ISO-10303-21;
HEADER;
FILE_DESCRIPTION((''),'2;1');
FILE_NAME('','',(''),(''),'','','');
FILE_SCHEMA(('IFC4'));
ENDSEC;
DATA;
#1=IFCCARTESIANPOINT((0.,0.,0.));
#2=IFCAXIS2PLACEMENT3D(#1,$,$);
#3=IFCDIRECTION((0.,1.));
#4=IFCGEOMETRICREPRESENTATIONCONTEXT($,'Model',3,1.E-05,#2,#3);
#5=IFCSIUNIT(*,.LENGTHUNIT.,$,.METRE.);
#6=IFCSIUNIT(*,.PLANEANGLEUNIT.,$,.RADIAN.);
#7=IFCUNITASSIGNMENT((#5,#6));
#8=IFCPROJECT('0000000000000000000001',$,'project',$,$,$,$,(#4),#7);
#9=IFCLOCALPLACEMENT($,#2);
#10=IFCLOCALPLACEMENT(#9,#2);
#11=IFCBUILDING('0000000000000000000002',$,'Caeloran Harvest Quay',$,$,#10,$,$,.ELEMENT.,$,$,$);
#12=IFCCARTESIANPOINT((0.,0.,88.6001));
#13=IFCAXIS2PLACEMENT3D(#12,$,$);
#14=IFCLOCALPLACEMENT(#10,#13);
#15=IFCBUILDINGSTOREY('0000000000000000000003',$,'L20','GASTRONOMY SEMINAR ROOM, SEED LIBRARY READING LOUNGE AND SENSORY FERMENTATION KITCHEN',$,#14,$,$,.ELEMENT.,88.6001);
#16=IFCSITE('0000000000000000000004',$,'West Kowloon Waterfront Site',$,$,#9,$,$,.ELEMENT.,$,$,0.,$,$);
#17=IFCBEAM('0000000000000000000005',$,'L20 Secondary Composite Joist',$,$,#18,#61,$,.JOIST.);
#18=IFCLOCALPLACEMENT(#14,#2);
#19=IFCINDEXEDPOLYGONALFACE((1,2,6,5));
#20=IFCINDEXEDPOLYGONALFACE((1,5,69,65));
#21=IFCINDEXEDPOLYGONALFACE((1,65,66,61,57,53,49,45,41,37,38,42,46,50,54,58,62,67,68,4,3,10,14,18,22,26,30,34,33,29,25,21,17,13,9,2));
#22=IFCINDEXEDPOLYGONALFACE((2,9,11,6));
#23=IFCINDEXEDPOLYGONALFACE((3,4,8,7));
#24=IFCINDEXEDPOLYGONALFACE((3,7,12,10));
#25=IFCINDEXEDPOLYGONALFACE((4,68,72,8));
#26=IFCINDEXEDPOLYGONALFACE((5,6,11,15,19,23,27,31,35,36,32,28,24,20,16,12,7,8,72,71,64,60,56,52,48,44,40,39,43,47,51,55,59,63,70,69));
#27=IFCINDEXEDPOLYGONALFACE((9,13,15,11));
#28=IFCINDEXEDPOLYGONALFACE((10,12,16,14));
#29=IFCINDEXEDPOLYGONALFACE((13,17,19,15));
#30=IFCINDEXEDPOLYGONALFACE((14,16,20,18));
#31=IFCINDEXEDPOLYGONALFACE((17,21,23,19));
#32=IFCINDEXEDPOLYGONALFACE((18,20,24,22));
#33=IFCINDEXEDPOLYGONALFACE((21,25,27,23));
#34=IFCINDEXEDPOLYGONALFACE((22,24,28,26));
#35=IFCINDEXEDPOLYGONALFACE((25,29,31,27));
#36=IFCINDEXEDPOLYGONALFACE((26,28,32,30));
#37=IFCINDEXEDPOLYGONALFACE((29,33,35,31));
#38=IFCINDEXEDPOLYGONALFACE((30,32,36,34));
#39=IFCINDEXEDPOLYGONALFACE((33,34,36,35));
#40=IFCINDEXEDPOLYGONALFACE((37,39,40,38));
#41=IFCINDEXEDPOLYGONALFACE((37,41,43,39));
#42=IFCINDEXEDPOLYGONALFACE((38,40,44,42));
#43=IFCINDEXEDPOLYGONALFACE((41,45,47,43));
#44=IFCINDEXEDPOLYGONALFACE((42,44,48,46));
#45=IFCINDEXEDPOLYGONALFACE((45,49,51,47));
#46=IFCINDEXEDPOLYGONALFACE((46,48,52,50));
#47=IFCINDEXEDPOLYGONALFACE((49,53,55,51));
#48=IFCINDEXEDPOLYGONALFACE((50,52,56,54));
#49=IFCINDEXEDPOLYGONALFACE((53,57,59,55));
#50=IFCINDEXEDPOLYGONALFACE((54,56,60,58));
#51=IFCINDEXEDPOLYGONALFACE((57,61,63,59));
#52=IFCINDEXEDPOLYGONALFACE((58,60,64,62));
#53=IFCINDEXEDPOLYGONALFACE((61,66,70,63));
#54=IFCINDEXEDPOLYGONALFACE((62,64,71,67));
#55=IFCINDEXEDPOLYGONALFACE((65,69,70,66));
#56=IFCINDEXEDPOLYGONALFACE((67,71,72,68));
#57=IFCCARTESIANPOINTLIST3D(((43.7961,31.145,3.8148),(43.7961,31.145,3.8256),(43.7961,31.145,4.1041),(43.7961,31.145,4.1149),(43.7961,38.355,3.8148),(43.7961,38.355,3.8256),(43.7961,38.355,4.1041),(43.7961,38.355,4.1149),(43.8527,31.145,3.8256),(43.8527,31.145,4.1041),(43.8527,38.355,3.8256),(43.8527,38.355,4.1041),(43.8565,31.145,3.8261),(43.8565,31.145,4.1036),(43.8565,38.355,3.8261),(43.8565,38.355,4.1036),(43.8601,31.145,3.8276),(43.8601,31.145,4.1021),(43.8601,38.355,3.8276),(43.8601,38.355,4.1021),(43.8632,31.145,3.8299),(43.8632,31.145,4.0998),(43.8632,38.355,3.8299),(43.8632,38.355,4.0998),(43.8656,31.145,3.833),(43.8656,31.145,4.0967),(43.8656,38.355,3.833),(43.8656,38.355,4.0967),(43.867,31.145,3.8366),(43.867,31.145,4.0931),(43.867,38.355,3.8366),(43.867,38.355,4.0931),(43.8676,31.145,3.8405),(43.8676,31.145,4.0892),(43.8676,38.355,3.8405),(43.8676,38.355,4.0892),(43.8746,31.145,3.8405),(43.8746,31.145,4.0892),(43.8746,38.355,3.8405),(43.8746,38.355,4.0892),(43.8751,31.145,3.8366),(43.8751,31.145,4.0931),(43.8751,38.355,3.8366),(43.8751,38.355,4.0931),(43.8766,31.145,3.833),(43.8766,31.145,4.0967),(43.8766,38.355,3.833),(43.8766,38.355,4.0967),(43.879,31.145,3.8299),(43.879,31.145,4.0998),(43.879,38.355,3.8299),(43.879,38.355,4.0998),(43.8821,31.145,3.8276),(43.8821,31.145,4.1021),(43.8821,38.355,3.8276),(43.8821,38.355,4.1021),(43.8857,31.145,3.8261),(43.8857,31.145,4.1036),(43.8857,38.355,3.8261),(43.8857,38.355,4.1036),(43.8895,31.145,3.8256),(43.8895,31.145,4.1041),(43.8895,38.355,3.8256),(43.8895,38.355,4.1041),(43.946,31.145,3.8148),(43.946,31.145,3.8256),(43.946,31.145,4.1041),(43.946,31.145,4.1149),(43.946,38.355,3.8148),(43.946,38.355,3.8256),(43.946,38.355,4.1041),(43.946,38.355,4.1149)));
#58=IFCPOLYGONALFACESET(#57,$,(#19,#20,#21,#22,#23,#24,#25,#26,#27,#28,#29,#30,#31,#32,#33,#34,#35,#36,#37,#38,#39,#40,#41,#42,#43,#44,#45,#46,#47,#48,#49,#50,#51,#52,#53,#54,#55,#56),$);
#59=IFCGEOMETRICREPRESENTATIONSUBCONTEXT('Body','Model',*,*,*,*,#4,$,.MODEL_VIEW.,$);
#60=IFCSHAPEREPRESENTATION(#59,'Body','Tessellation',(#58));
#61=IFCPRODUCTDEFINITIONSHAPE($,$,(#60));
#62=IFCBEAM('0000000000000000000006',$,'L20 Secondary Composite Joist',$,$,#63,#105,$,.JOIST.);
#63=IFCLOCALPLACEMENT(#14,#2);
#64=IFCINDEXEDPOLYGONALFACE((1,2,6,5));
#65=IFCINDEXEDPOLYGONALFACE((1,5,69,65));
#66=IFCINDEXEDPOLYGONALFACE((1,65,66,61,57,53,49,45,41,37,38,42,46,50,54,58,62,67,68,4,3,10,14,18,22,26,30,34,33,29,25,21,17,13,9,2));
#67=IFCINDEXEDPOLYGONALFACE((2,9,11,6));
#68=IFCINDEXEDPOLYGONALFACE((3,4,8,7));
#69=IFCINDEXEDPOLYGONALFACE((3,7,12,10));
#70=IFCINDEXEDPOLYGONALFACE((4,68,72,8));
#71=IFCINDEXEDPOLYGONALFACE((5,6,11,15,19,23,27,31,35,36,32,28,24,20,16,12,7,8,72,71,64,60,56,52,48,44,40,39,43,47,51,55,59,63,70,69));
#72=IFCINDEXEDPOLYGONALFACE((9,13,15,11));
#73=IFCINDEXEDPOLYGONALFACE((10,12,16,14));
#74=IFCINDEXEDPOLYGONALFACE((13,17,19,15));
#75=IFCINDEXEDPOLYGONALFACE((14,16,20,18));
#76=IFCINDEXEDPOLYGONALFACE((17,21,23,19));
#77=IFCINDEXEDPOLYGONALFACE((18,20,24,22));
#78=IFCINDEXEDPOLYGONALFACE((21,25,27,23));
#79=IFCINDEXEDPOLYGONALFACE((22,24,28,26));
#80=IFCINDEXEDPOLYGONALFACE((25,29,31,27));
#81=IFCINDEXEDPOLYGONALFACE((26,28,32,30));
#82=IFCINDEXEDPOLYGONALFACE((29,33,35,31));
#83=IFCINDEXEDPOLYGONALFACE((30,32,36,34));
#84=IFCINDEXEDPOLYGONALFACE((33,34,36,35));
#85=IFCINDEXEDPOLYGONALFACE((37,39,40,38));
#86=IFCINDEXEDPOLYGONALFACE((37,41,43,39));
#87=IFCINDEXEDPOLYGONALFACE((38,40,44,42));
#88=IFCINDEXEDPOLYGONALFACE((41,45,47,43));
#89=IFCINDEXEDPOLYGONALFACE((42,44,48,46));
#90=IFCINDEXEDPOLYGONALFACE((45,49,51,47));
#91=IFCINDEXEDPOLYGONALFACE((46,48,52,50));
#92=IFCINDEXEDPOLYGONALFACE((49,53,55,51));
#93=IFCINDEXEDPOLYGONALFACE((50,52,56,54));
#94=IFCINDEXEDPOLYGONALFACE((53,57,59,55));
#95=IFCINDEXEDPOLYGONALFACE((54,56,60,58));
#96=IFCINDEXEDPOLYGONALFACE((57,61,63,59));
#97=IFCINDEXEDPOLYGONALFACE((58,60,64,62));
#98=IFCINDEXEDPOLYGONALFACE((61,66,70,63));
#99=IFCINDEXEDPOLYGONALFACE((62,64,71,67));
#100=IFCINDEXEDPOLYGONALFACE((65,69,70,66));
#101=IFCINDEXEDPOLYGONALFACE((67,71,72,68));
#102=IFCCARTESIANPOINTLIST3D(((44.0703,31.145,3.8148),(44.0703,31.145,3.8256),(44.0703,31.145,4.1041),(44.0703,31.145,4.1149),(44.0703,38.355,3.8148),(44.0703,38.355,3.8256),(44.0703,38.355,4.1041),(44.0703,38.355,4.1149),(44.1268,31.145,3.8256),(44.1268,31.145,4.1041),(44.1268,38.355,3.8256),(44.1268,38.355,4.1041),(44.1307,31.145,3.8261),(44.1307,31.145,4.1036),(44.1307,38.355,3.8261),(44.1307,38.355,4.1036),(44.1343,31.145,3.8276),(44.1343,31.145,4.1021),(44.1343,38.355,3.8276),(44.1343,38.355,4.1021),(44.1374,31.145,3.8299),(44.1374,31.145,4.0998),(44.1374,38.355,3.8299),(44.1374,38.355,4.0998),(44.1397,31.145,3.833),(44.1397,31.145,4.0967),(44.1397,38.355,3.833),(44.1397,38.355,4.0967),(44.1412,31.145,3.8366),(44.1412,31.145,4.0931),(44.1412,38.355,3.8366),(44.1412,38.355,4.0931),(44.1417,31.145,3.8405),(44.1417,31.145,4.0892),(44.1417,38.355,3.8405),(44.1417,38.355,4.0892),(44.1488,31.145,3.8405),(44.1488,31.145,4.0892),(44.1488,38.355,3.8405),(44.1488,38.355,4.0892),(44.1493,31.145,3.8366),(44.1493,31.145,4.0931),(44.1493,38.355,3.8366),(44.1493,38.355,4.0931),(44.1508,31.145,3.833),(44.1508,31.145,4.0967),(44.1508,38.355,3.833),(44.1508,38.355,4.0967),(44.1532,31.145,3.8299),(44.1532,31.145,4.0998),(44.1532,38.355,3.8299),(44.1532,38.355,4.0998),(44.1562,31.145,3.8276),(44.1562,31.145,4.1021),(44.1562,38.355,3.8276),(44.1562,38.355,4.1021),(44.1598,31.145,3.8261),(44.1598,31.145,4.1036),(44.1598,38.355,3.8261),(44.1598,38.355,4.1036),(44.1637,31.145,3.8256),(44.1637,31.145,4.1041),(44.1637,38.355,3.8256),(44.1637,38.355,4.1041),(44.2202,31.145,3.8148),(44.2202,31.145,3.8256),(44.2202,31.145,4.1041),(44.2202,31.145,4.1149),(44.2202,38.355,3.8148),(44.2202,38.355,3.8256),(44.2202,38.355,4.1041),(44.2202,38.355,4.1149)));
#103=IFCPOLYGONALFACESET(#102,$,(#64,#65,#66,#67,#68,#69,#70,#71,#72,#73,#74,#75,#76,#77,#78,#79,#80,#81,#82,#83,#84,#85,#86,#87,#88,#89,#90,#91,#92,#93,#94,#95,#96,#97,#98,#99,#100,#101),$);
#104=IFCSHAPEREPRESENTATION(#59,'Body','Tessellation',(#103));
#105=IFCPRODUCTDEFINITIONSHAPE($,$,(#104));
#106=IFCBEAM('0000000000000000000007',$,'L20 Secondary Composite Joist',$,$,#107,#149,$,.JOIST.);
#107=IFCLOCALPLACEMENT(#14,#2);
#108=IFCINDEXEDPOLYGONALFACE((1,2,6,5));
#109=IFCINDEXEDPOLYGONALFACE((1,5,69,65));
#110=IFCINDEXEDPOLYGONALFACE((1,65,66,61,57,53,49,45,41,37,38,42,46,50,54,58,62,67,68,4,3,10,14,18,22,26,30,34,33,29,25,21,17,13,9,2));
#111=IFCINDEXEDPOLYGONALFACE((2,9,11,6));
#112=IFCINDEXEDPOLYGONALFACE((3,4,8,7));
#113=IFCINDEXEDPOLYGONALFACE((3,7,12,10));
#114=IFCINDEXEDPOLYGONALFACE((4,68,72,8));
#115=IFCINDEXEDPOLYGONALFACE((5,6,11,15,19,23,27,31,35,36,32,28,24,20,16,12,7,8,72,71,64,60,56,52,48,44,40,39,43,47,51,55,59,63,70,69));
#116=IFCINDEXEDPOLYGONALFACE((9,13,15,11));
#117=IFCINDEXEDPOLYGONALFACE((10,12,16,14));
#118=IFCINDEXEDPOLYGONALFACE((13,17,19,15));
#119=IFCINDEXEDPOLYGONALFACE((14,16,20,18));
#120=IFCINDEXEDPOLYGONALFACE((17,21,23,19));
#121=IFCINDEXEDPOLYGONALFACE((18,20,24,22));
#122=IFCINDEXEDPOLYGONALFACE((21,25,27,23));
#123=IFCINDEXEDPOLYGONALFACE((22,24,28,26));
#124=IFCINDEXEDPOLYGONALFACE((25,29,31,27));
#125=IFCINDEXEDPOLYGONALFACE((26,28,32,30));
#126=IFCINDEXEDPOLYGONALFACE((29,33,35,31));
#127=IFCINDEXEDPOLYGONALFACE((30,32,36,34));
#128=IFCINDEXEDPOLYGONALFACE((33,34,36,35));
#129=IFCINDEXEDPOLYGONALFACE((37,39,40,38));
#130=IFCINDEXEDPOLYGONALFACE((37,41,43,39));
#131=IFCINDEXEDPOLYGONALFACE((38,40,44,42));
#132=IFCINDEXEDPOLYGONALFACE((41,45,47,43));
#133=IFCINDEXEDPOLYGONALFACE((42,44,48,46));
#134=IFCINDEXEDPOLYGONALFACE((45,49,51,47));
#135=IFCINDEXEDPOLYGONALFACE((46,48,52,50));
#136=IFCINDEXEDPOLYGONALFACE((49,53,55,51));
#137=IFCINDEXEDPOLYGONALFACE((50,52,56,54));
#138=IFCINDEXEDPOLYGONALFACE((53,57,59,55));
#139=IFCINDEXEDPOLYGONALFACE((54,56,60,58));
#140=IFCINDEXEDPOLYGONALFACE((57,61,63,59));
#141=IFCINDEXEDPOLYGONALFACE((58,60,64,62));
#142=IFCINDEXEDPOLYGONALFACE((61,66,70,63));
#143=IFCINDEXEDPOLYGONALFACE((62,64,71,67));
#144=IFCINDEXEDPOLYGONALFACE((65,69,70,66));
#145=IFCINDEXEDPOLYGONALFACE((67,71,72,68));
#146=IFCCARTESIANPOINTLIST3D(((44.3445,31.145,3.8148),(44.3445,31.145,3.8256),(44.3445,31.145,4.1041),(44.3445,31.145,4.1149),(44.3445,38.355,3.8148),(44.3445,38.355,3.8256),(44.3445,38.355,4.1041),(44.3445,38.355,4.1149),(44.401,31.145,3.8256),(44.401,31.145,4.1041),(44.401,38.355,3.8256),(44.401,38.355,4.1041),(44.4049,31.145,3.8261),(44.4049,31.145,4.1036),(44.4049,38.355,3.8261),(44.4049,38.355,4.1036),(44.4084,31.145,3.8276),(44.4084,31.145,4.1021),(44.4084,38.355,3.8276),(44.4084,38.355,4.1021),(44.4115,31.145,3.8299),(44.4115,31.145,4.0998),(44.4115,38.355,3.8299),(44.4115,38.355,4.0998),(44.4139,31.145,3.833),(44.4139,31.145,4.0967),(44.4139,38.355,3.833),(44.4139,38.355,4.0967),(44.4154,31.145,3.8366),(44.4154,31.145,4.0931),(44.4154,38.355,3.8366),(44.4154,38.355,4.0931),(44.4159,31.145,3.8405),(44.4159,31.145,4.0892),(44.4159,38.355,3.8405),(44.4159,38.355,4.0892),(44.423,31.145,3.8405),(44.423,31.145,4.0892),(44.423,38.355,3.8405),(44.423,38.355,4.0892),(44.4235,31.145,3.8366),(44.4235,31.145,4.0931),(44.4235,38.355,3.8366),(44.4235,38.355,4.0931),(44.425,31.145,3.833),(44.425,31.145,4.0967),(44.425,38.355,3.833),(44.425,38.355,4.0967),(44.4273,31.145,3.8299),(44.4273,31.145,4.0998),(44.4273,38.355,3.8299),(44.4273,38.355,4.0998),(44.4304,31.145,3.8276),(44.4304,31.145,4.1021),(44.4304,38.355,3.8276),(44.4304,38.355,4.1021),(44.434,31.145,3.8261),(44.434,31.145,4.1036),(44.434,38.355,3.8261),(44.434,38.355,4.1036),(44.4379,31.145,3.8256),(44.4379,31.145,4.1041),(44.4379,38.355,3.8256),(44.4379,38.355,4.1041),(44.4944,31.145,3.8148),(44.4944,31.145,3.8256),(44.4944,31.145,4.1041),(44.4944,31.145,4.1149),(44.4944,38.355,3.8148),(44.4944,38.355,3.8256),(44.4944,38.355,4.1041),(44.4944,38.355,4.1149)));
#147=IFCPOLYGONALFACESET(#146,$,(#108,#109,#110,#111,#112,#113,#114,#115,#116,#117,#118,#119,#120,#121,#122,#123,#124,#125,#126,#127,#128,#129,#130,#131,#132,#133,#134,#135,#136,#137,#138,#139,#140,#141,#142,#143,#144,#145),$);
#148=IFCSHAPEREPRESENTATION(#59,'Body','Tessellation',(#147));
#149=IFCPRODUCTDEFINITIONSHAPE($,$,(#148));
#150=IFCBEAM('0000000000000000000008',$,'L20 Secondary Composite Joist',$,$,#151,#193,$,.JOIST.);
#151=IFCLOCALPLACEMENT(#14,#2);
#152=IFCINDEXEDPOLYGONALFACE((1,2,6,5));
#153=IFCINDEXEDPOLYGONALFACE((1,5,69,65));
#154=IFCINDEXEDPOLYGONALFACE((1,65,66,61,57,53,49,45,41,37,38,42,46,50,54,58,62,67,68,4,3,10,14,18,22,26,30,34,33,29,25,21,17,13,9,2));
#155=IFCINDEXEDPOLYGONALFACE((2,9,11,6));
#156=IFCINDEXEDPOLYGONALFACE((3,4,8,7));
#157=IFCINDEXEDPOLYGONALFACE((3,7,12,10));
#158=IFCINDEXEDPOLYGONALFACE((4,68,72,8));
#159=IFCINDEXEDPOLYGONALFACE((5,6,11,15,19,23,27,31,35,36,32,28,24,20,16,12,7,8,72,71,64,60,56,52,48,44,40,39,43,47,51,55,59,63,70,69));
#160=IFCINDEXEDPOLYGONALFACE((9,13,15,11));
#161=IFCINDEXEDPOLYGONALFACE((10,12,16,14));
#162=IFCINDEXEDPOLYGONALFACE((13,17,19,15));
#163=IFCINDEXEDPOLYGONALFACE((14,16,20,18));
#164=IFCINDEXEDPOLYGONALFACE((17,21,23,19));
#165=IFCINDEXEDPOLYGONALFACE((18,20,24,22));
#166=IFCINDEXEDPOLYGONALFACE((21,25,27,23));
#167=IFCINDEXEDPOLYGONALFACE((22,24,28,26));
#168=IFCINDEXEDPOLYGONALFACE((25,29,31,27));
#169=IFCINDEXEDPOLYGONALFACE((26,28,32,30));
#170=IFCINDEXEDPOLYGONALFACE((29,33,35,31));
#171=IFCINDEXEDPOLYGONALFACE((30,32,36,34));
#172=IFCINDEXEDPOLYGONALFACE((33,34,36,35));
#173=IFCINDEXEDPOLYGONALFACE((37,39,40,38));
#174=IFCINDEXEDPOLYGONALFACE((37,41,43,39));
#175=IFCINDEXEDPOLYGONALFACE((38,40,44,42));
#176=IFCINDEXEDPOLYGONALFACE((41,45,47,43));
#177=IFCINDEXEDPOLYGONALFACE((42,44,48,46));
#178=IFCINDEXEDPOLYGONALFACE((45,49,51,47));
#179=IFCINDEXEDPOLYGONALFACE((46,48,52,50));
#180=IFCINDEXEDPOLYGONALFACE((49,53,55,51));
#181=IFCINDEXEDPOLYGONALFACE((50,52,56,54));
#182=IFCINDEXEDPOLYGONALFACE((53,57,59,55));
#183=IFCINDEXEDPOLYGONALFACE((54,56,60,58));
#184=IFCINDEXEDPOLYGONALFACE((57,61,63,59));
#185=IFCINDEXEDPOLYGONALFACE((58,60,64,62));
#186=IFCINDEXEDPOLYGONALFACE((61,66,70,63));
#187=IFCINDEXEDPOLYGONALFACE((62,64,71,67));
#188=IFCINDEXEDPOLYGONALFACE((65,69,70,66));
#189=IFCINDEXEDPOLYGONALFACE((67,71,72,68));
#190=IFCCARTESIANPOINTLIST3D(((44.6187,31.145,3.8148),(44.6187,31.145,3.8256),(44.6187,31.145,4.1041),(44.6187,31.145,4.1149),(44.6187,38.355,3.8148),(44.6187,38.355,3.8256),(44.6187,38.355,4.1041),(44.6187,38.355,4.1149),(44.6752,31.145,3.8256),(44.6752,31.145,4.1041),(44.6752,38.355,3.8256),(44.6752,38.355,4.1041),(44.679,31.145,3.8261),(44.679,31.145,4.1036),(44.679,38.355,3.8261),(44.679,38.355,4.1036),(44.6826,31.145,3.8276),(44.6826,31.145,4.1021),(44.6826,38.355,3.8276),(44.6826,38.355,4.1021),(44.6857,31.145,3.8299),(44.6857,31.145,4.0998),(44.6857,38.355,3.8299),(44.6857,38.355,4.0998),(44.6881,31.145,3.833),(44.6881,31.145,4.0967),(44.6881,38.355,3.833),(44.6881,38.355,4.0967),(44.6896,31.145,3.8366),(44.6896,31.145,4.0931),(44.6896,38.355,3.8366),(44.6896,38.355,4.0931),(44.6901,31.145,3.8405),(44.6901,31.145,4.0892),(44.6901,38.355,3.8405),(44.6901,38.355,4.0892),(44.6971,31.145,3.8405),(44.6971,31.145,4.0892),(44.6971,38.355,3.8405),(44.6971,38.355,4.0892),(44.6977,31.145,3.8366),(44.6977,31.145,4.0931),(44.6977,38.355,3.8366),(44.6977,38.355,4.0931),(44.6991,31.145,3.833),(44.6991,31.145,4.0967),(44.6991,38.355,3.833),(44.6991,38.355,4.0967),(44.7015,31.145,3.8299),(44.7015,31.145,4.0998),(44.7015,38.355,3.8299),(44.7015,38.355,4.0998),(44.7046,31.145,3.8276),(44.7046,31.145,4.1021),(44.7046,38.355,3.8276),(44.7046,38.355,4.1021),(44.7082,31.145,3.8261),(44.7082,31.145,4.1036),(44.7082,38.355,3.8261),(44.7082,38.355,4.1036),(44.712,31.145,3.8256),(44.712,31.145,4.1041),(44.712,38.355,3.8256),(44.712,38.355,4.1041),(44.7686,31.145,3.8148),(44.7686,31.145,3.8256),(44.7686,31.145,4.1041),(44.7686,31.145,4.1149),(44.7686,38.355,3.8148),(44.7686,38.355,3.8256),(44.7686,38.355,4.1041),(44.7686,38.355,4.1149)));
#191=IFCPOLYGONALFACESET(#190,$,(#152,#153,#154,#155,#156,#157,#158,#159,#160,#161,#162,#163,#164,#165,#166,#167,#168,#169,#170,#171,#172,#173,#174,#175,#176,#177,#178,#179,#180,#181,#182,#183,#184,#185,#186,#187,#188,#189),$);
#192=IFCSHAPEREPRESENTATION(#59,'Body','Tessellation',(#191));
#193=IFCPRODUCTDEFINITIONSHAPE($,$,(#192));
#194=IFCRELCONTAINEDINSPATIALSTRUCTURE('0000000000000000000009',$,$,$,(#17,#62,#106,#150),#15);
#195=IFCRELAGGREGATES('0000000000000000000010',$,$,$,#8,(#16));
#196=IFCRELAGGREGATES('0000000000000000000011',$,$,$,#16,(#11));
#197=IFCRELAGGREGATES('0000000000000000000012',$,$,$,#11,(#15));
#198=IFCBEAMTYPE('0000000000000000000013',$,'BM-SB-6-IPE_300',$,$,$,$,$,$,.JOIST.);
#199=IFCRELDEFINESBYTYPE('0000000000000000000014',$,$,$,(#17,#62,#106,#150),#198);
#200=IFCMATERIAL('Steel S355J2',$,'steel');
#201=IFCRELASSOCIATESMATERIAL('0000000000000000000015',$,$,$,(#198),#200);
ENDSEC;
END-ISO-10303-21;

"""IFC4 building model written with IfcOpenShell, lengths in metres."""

from ifc_helpers import new_model, si_unit, direction, frame, origin, origin_2d, place, context, subcontext, project, spatial, i_section, extrude, material, material_profile, profile_set, type_object, element, save


model = new_model("IFC4")

# Units and contexts
model_context = context("Model", 3, precision=1e-05, world=origin(), true_north=direction((0.0, 1.0)))
body_context = subcontext(model_context, "Body", "Model", "MODEL_VIEW")
ifc_project = project(units=[si_unit("LENGTHUNIT", "METRE"), si_unit("PLANEANGLEUNIT", "RADIAN")], contexts=[model_context])

# Site, building, storey
site_placement = place(None, origin())
site = spatial("IfcSite", under=ifc_project, at=site_placement, Name="West Kowloon Waterfront Site", CompositionType="ELEMENT", RefElevation=0.0)
building_placement = place(site_placement, origin())
building = spatial("IfcBuilding", under=site, at=building_placement, Name="Caeloran Harvest Quay", CompositionType="ELEMENT")
storey_placement = place(building_placement, frame((0.0, 0.0, 88.6001)))
storey = spatial("IfcBuildingStorey", under=building, at=storey_placement, Name="L20", Description="GASTRONOMY SEMINAR ROOM, SEED LIBRARY READING LOUNGE AND SENSORY FERMENTATION KITCHEN", CompositionType="ELEMENT", Elevation=88.6001)

# Beams
ifc_material_1 = material(Name="Steel S355J2", Category="steel")
ifc_material_profile_1 = material_profile(ifc_material_1, i_section(OverallWidth=0.1499, OverallDepth=0.3, WebThickness=0.0071, FlangeThickness=0.0107, FilletRadius=0.0149, at=origin_2d()), Name="IPE 300")
ifc_profile_set_1 = profile_set([ifc_material_profile_1], Name="Steel S355J2")
beam_type_1 = type_object("IfcBeamType", Name="BM-SB-6-IPE_300", PredefinedType="JOIST", material=ifc_profile_set_1)
for number, where, z_axis, x_axis, name in (
    (1, (43.8711, 31.145, 3.9648), (0.0, 1.0, 0.0), (-1.0, 0.0, 0.0), "L20 Secondary Composite Joist"),
    (2, (44.1453, 31.145, 3.9648), (0.0, 1.0, 0.0), (-1.0, 0.0, 0.0), "L20 Secondary Composite Joist"),
    (3, (44.4194, 31.145, 3.9648), (0.0, 1.0, 0.0), (-1.0, 0.0, 0.0), "L20 Secondary Composite Joist"),
    (4, (44.6936, 31.145, 3.9648), (0.0, 1.0, 0.0), (-1.0, 0.0, 0.0), "L20 Secondary Composite Joist"),
):
    element("IfcBeam", number, at=place(storey_placement, frame(where, z_axis=z_axis, x_axis=x_axis)), inside=storey, type_object=beam_type_1, Name=name, PredefinedType="JOIST", context=body_context, shape_type="SweptSolid", body=[
        extrude(i_section(OverallWidth=0.1499, OverallDepth=0.3, WebThickness=0.0071, FlangeThickness=0.0107, FilletRadius=0.0149, at=origin_2d()), origin(), (0.0, 0.0, 1.0), 7.21),
    ])

save(model, "model.ifc")
